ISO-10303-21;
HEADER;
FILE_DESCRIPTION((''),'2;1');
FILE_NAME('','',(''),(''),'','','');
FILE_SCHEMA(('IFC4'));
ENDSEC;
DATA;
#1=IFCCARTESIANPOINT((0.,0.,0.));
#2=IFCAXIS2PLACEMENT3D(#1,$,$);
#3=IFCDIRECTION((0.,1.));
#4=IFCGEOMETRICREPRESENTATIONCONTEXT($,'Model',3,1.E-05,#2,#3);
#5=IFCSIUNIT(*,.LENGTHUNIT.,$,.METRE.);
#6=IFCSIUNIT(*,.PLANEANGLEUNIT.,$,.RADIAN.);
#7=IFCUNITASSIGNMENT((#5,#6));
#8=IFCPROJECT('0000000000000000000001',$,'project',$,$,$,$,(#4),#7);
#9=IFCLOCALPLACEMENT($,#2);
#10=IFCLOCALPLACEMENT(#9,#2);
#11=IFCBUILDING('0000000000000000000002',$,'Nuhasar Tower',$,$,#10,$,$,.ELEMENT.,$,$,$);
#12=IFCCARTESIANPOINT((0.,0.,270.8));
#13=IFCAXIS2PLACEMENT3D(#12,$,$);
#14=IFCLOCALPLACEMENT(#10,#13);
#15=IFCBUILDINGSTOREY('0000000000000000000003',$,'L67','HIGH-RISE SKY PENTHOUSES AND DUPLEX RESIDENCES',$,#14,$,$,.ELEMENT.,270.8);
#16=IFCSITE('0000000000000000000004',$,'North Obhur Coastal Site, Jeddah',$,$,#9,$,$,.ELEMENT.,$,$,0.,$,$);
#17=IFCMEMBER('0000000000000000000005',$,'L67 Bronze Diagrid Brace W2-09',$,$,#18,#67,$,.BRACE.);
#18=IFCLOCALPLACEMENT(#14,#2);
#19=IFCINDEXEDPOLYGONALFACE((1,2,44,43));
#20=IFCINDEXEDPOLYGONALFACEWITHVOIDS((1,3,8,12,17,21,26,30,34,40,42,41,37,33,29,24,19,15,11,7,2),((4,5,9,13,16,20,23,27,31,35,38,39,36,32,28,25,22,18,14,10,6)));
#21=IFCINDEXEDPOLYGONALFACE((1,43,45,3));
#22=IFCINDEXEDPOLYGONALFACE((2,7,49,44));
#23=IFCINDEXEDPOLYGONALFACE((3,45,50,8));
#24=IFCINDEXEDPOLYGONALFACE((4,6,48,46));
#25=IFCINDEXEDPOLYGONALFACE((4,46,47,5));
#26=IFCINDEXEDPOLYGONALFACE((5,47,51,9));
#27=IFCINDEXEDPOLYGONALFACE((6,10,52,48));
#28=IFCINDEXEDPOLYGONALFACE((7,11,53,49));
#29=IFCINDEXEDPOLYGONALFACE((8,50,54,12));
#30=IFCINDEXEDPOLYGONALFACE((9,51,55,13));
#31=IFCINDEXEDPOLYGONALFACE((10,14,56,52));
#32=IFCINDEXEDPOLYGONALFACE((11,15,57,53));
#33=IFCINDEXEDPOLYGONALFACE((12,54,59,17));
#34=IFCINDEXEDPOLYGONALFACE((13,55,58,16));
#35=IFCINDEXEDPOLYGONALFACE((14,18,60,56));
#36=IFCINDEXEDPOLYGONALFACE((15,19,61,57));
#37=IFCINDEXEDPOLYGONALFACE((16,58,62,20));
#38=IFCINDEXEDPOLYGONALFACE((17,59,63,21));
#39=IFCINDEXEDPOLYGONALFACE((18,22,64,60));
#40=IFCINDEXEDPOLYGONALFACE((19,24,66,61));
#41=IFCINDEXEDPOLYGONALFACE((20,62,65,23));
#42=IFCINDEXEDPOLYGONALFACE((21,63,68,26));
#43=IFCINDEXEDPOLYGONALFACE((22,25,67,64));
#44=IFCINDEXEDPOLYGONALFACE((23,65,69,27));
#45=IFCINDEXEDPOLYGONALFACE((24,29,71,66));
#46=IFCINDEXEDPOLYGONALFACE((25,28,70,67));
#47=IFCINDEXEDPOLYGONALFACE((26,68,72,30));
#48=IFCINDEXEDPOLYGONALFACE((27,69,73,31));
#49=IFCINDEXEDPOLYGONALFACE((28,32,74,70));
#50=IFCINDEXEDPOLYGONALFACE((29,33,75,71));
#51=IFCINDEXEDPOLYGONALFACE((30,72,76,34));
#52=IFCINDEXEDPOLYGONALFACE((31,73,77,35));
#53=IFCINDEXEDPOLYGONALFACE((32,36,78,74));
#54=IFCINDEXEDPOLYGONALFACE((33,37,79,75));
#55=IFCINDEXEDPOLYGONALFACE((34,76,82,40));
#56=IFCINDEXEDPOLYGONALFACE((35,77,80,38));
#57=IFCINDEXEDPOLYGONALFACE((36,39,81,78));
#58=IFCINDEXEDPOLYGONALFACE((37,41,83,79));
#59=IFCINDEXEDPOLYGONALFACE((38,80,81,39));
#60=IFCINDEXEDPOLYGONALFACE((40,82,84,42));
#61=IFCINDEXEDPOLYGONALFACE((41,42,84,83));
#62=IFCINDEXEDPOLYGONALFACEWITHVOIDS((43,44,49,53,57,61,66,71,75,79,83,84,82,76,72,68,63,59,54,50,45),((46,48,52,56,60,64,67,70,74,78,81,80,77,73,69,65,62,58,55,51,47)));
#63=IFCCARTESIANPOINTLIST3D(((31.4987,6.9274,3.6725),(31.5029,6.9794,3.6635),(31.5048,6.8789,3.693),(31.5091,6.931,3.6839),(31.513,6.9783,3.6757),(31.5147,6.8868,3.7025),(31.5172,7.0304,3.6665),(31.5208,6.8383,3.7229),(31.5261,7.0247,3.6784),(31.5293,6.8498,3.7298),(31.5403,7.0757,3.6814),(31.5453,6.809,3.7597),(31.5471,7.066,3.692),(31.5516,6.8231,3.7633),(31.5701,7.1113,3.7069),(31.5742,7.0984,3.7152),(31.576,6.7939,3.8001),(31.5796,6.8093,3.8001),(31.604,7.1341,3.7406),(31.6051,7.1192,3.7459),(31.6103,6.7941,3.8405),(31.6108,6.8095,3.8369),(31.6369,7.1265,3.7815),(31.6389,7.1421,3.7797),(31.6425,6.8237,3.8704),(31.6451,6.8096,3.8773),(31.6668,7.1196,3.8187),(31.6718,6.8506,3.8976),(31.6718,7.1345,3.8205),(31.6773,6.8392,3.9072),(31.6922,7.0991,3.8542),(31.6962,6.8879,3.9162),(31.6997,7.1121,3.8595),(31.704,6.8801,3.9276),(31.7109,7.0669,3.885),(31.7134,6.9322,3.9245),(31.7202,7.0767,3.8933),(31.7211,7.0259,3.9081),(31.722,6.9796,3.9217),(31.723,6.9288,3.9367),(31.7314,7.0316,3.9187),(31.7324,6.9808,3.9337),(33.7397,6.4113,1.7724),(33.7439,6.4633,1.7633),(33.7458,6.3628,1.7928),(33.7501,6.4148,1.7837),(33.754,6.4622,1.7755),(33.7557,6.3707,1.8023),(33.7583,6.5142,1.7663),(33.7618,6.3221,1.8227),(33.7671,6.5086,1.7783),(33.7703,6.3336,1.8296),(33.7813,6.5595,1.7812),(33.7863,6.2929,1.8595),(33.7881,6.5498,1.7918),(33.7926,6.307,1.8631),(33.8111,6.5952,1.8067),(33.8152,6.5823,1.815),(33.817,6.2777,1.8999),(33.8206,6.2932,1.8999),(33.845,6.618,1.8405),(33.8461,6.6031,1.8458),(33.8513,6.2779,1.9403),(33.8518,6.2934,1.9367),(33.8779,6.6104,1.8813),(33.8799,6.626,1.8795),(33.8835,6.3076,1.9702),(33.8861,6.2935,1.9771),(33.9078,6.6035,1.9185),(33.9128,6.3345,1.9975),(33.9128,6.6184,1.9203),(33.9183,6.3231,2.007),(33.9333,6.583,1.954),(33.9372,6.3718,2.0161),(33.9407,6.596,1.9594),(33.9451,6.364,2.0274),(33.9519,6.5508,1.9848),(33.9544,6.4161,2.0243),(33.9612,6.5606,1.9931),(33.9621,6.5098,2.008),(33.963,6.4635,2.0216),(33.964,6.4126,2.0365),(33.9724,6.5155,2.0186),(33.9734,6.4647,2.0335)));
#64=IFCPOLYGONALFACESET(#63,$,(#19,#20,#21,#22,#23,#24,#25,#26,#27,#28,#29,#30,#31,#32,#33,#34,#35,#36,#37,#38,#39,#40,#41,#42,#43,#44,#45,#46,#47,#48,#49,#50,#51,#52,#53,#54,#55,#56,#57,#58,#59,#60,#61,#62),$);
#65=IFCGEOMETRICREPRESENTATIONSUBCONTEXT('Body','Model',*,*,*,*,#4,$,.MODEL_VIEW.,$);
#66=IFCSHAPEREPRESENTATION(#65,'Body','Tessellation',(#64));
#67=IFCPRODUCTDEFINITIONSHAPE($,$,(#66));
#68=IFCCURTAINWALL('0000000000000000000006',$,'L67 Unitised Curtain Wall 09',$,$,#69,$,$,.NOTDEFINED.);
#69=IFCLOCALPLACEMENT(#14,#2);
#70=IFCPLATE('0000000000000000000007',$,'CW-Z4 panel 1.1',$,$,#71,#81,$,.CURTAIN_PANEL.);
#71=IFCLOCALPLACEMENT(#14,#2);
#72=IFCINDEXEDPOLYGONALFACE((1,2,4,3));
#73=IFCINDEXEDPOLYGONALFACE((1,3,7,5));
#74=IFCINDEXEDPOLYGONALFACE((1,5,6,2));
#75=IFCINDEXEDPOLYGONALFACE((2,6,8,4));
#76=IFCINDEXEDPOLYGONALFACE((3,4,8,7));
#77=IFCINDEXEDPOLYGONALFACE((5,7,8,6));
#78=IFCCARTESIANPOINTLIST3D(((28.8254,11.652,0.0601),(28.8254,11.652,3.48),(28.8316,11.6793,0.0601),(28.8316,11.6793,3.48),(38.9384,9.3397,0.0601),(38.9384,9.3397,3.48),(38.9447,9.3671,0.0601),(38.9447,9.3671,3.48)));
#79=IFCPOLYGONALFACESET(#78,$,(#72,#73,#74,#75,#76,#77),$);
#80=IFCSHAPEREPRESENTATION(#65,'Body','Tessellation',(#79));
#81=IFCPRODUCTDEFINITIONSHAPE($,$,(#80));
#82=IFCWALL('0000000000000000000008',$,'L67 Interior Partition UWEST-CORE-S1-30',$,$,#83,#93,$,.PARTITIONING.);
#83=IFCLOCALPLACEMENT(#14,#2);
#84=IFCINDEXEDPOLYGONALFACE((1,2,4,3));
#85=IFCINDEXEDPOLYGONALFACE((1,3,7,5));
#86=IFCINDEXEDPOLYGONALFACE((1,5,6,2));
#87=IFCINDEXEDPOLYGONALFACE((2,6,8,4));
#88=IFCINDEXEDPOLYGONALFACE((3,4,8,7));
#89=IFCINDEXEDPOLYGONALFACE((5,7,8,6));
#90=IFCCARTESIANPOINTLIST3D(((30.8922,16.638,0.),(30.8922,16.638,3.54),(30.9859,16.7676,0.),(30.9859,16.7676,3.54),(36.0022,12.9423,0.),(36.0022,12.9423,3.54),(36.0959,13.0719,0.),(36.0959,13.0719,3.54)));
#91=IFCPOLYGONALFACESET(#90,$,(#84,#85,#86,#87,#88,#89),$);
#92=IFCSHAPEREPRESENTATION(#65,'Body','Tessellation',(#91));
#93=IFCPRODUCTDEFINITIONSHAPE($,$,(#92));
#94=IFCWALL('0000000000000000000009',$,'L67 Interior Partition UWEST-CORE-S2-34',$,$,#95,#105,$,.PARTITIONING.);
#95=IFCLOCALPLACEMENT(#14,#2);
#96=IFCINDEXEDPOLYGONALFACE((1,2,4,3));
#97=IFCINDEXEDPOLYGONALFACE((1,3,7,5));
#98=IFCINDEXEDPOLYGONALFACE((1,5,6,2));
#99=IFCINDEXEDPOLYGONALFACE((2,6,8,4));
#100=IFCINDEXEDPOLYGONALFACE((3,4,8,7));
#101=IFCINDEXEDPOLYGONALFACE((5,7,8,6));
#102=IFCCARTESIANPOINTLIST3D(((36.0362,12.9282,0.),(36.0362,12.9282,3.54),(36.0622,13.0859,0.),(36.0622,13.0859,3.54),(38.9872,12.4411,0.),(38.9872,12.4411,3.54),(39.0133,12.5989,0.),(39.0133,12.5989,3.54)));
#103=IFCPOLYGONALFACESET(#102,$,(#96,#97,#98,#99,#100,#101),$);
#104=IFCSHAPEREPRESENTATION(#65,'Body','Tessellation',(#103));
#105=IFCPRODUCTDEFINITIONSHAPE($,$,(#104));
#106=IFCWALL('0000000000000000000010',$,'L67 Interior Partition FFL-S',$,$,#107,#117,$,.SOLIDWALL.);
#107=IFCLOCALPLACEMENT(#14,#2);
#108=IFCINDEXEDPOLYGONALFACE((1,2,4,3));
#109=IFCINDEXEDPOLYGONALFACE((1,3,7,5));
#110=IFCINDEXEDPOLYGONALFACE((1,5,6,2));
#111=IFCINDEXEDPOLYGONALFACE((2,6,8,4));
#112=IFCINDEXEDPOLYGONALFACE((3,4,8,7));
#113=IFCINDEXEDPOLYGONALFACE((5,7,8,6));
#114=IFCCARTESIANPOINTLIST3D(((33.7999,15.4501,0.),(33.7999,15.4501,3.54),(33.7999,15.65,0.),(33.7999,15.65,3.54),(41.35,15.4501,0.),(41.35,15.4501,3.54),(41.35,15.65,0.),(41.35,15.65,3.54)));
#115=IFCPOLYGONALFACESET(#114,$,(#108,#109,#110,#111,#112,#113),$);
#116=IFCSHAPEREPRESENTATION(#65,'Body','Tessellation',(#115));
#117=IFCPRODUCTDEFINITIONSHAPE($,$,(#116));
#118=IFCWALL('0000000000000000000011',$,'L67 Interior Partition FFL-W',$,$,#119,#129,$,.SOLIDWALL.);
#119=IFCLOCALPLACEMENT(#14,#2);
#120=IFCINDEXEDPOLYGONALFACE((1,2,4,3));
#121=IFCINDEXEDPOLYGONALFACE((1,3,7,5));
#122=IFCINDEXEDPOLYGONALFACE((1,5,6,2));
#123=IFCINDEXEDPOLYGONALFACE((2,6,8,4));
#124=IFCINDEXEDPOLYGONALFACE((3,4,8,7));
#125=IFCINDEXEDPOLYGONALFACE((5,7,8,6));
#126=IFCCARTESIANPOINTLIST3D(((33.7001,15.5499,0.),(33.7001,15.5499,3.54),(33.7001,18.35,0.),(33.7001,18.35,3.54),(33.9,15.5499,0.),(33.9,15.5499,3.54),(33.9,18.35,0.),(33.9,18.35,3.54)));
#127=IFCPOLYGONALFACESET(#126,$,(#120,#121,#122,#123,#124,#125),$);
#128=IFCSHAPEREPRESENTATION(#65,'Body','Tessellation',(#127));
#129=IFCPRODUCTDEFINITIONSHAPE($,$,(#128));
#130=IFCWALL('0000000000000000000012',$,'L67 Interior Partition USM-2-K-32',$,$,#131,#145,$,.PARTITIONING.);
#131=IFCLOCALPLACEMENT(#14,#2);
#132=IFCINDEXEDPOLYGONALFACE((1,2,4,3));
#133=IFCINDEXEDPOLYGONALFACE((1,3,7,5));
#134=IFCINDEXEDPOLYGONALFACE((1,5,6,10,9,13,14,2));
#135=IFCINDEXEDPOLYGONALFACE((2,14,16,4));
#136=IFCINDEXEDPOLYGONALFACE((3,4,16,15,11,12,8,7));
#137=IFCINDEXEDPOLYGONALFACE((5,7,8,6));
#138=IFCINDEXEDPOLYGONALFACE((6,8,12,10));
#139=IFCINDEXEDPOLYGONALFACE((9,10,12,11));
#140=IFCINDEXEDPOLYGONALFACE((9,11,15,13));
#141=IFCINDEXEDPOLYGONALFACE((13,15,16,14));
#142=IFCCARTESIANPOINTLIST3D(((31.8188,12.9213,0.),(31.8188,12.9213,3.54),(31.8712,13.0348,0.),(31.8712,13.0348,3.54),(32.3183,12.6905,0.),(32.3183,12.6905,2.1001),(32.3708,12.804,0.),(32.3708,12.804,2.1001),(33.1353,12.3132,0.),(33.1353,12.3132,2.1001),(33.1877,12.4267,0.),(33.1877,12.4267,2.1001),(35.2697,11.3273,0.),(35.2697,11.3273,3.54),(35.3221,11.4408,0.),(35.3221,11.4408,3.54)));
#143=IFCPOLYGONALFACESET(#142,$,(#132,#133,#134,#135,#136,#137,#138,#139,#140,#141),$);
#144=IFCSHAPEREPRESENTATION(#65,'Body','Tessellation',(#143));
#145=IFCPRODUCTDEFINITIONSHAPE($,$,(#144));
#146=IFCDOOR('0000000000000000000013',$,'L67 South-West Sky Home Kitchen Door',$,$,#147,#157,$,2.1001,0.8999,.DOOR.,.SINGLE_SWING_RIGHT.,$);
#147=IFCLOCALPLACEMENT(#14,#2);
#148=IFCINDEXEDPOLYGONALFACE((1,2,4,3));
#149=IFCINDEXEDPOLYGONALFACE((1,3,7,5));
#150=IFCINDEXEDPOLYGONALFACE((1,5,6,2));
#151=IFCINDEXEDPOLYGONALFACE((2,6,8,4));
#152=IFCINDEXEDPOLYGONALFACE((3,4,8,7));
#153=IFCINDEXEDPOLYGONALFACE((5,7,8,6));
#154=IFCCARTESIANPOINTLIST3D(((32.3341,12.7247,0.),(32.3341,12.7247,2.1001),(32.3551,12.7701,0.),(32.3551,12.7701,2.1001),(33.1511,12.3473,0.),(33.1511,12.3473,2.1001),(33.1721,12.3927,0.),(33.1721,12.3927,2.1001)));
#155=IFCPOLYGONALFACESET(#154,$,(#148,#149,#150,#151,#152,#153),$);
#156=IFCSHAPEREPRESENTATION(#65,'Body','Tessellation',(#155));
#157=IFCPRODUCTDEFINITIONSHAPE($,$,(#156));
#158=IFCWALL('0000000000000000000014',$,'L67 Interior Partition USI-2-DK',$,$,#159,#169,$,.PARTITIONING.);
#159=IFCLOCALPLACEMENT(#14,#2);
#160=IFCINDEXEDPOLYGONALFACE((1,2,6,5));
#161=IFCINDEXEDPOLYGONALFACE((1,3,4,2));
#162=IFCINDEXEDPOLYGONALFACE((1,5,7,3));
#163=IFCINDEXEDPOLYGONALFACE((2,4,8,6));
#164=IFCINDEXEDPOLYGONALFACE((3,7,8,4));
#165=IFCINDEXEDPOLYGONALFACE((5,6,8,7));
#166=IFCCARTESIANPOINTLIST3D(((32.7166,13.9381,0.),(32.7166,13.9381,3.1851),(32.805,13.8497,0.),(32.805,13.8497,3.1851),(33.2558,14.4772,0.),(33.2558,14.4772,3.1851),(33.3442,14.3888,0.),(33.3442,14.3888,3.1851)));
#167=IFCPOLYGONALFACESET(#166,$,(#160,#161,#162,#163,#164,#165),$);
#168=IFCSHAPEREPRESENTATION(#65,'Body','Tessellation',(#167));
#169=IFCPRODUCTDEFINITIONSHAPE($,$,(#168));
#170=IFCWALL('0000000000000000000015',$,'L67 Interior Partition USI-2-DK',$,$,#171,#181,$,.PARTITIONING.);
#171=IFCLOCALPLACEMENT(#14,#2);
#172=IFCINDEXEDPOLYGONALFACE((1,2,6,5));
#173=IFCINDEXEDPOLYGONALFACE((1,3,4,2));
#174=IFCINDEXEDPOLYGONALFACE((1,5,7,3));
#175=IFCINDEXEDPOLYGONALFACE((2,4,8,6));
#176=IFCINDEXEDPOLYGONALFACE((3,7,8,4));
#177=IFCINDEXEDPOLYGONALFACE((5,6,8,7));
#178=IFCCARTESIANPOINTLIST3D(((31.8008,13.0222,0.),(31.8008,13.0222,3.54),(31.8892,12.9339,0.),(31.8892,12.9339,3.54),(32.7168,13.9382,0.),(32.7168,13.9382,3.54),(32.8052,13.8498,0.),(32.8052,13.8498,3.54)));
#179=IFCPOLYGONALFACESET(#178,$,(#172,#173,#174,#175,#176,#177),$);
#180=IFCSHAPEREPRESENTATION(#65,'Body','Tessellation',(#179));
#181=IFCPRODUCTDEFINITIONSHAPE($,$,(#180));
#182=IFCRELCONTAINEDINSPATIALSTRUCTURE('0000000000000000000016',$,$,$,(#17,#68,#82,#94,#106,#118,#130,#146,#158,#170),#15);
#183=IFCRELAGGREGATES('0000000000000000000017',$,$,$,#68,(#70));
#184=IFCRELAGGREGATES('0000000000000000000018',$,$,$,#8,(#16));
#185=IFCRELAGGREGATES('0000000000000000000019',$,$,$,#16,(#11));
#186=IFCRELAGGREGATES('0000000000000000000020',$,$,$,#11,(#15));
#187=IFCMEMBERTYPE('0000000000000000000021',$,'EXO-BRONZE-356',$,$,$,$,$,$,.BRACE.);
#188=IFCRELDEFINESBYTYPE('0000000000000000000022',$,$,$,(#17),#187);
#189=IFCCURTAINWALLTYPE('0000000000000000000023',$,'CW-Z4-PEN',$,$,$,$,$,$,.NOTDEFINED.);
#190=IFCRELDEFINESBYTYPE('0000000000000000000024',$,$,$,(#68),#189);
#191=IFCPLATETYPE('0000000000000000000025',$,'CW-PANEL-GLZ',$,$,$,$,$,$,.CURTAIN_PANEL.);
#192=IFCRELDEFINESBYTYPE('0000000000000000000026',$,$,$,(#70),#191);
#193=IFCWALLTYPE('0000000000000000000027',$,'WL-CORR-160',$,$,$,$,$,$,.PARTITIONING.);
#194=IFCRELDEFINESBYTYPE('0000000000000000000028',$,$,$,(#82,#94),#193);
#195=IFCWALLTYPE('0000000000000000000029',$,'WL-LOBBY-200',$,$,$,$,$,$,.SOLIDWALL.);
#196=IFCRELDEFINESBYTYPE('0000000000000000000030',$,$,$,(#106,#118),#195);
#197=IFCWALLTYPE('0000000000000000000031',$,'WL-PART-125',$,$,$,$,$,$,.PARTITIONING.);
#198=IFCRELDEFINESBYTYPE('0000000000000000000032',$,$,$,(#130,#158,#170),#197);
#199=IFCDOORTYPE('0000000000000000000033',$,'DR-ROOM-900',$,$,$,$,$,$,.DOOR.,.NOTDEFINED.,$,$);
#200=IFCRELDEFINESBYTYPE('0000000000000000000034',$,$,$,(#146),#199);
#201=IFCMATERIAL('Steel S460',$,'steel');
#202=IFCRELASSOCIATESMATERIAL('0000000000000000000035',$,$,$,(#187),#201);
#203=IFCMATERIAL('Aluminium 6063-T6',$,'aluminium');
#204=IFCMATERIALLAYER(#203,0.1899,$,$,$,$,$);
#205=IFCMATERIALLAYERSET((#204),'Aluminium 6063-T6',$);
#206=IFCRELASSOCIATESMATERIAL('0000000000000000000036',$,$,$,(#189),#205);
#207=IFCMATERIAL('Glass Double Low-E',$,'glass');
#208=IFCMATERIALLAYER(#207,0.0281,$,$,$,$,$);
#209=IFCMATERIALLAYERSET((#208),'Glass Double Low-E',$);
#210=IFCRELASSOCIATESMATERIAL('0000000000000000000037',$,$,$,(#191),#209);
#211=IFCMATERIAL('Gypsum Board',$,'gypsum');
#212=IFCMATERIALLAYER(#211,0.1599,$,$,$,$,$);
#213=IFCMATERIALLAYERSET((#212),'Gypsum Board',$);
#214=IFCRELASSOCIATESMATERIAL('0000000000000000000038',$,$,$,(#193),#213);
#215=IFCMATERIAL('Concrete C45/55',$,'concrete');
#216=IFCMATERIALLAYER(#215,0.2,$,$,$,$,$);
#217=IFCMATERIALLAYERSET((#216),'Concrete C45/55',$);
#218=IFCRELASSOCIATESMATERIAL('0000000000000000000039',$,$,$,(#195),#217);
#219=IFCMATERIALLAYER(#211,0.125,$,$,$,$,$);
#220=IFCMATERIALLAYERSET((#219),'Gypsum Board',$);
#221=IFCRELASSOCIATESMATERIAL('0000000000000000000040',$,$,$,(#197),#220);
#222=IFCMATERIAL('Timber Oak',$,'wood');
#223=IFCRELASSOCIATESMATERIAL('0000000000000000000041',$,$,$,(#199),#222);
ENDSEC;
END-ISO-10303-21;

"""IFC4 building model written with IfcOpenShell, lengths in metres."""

from ifc_helpers import new_model, si_unit, direction, frame, frame_2d, origin, origin_2d, place, context, subcontext, project, spatial, rectangle, hollow_circle, extrude, material, layer, layer_set, material_profile, profile_set, type_object, element, fill, aggregate, save


model = new_model("IFC4")

# Units and contexts
model_context = context("Model", 3, precision=1e-05, world=origin(), true_north=direction((0.0, 1.0)))
body_context = subcontext(model_context, "Body", "Model", "MODEL_VIEW")
ifc_project = project(units=[si_unit("LENGTHUNIT", "METRE"), si_unit("PLANEANGLEUNIT", "RADIAN")], contexts=[model_context])

# Site, building, storey
site_placement = place(None, origin())
site = spatial("IfcSite", under=ifc_project, at=site_placement, Name="North Obhur Coastal Site, Jeddah", CompositionType="ELEMENT", RefElevation=0.0)
building_placement = place(site_placement, origin())
building = spatial("IfcBuilding", under=site, at=building_placement, Name="Nuhasar Tower", CompositionType="ELEMENT")
storey_placement = place(building_placement, frame((0.0, 0.0, 270.8)))
storey = spatial("IfcBuildingStorey", under=building, at=storey_placement, Name="L67", Description="HIGH-RISE SKY PENTHOUSES AND DUPLEX RESIDENCES", CompositionType="ELEMENT", Elevation=270.8)

# Member
ifc_material_1 = material(Name="Steel S460", Category="steel")
ifc_material_profile_1 = material_profile(ifc_material_1, hollow_circle(Radius=0.1777, WallThickness=0.0159, at=origin_2d()), Name="HSS355.6X15.9")
ifc_profile_set_1 = profile_set([ifc_material_profile_1], Name="Steel S460")
member_type = type_object("IfcMemberType", Name="EXO-BRONZE-356", PredefinedType="BRACE", material=ifc_profile_set_1)
member_1_placement = place(storey_placement, frame((33.8569, 6.4509, 1.8999), z_axis=(-0.751222, 0.173013, 0.636971), x_axis=(-0.224433, -0.97449, 0.0)))
element("IfcMember", 1, at=member_1_placement, inside=storey, type_object=member_type, Name="L67 Bronze Diagrid Brace W2-09", PredefinedType="BRACE", context=body_context, shape_type="SweptSolid", body=[
    extrude(hollow_circle(Radius=0.1777, WallThickness=0.0159, at=origin_2d()), origin(), (0.0, 0.0, 1.0), 2.9832),
])

# Curtain wall, plate
ifc_material_2 = material(Name="Aluminium 6063-T6", Category="aluminium")
ifc_layer_1 = layer(ifc_material_2, 0.1899)
ifc_layer_set_1 = layer_set([ifc_layer_1], Name="Aluminium 6063-T6")
curtain_wall_type = type_object("IfcCurtainWallType", Name="CW-Z4-PEN", PredefinedType="NOTDEFINED", material=ifc_layer_set_1)
curtain_wall_placement = place(storey_placement, origin())
curtain_wall = element("IfcCurtainWall", 2, at=curtain_wall_placement, inside=storey, type_object=curtain_wall_type, Name="L67 Unitised Curtain Wall 09", PredefinedType="NOTDEFINED")
ifc_material_3 = material(Name="Glass Double Low-E", Category="glass")
ifc_layer_2 = layer(ifc_material_3, 0.0281)
ifc_layer_set_2 = layer_set([ifc_layer_2], Name="Glass Double Low-E")
plate_type = type_object("IfcPlateType", Name="CW-PANEL-GLZ", PredefinedType="CURTAIN_PANEL", material=ifc_layer_set_2)
plate_placement = place(storey_placement, frame((33.885, 10.5095, 0.0601), z_axis=(0.0, 0.0, 1.0), x_axis=(0.974844, -0.222889, 0.0)))
plate = element("IfcPlate", 3, at=plate_placement, type_object=plate_type, Name="CW-Z4 panel 1.1", PredefinedType="CURTAIN_PANEL", context=body_context, shape_type="SweptSolid", body=[
    extrude(rectangle(XDim=10.374, YDim=0.0281, at=origin_2d()), origin(), (0.0, 0.0, 1.0), 3.4199),
])
aggregate(curtain_wall, [plate])

# Walls
ifc_material_4 = material(Name="Gypsum Board", Category="gypsum")
ifc_layer_3 = layer(ifc_material_4, 0.1599)
ifc_layer_set_3 = layer_set([ifc_layer_3], Name="Gypsum Board")
wall_type_1 = type_object("IfcWallType", Name="WL-CORR-160", PredefinedType="PARTITIONING", material=ifc_layer_set_3)
wall_1_placement = place(storey_placement, frame((30.939, 16.7029, 0.0), z_axis=(0.0, 0.0, 1.0), x_axis=(0.81029, -0.586029, 0.0)))
element("IfcWall", 4, at=wall_1_placement, inside=storey, type_object=wall_type_1, Name="L67 Interior Partition UWEST-CORE-S1-30", PredefinedType="PARTITIONING", context=body_context, shape_type="SweptSolid", body=[
    extrude(rectangle(XDim=6.3064, YDim=0.1599, at=frame_2d((3.1533, 0.0))), origin(), (0.0, 0.0, 1.0), 3.54),
])
wall_2_placement = place(storey_placement, frame((36.0491, 13.0071, 0.0), z_axis=(0.0, 0.0, 1.0), x_axis=(0.986651, -0.16285, 0.0)))
element("IfcWall", 5, at=wall_2_placement, inside=storey, type_object=wall_type_1, Name="L67 Interior Partition UWEST-CORE-S2-34", PredefinedType="PARTITIONING", context=body_context, shape_type="SweptSolid", body=[
    extrude(rectangle(XDim=2.991, YDim=0.1599, at=frame_2d((1.4956, 0.0))), origin(), (0.0, 0.0, 1.0), 3.54),
])
ifc_material_5 = material(Name="Concrete C45/55", Category="concrete")
ifc_layer_4 = layer(ifc_material_5, 0.2)
ifc_layer_set_4 = layer_set([ifc_layer_4], Name="Concrete C45/55")
wall_type_2 = type_object("IfcWallType", Name="WL-LOBBY-200", PredefinedType="SOLIDWALL", material=ifc_layer_set_4)
wall_3_placement = place(storey_placement, frame((33.8, 15.55, 0.0), z_axis=(0.0, 0.0, 1.0), x_axis=(1.0, 0.0, 0.0)))
element("IfcWall", 6, at=wall_3_placement, inside=storey, type_object=wall_type_2, Name="L67 Interior Partition FFL-S", PredefinedType="SOLIDWALL", context=body_context, shape_type="SweptSolid", body=[
    extrude(rectangle(XDim=7.55, YDim=0.2, at=frame_2d((3.7749, 0.0))), origin(), (0.0, 0.0, 1.0), 3.54),
])
wall_4_placement = place(storey_placement, frame((33.8, 15.55, 0.0), z_axis=(0.0, 0.0, 1.0), x_axis=(0.0, 1.0, 0.0)))
element("IfcWall", 7, at=wall_4_placement, inside=storey, type_object=wall_type_2, Name="L67 Interior Partition FFL-W", PredefinedType="SOLIDWALL", context=body_context, shape_type="SweptSolid", body=[
    extrude(rectangle(XDim=2.8, YDim=0.2, at=frame_2d((1.3999, 0.0))), origin(), (0.0, 0.0, 1.0), 3.54),
])

# Wall, opening, door
ifc_layer_5 = layer(ifc_material_4, 0.125)
ifc_layer_set_5 = layer_set([ifc_layer_5], Name="Gypsum Board")
wall_type_3 = type_object("IfcWallType", Name="WL-PART-125", PredefinedType="PARTITIONING", material=ifc_layer_set_5)
wall_5_placement = place(storey_placement, frame((35.2959, 11.384, 0.0), z_axis=(0.0, 0.0, 1.0), x_axis=(-0.907833, 0.419331, 0.0)))
wall_5 = element("IfcWall", 8, at=wall_5_placement, inside=storey, type_object=wall_type_3, Name="L67 Interior Partition USM-2-K-32", PredefinedType="PARTITIONING", context=body_context, shape_type="SweptSolid", body=[
    extrude(rectangle(XDim=3.8013, YDim=0.125, at=frame_2d((1.9006, 0.0))), origin(), (0.0, 0.0, 1.0), 3.54),
])
opening_1_placement = place(wall_5_placement, frame((2.3511, 0.0, 0.0)))
opening_1 = element("IfcOpeningElement", 9, at=opening_1_placement, cuts=wall_5, PredefinedType="OPENING", context=body_context, shape_type="SweptSolid", body=[
    extrude(rectangle(XDim=0.8999, YDim=2.1001, at=frame_2d((0.45, 1.05))), frame((0.0, 0.0725, 0.0), z_axis=(0.0, -1.0, 0.0), x_axis=(1.0, 0.0, 0.0)), (0.0, 0.0, 1.0), 0.145),
])
ifc_material_6 = material(Name="Timber Oak", Category="wood")
door_type = type_object("IfcDoorType", Name="DR-ROOM-900", OperationType="NOTDEFINED", PredefinedType="DOOR", material=ifc_material_6)
door_1_placement = place(opening_1_placement, origin())
door_1 = element("IfcDoor", 10, at=door_1_placement, inside=storey, type_object=door_type, Name="L67 South-West Sky Home Kitchen Door", OperationType="SINGLE_SWING_RIGHT", OverallHeight=2.1001, OverallWidth=0.8999, PredefinedType="DOOR", context=body_context, shape_type="SweptSolid", body=[
    extrude(rectangle(XDim=0.8999, YDim=2.1001, at=frame_2d((0.45, 1.05))), frame((0.0, 0.0249, 0.0), z_axis=(0.0, -1.0, 0.0), x_axis=(1.0, 0.0, 0.0)), (0.0, 0.0, 1.0), 0.05),
])
fill(opening_1, door_1)

# Walls
wall_6_placement = place(storey_placement, frame((33.3, 14.4331, 0.0), z_axis=(0.0, 0.0, 1.0), x_axis=(-0.707107, -0.707107, 0.0)))
element("IfcWall", 11, at=wall_6_placement, inside=storey, type_object=wall_type_3, Name="L67 Interior Partition USI-2-DK", PredefinedType="PARTITIONING", context=body_context, shape_type="SweptSolid", body=[
    extrude(rectangle(XDim=0.7625, YDim=0.125, at=frame_2d((0.3813, 0.0))), origin(), (0.0, 0.0, 1.0), 3.1851),
])
wall_7_placement = place(storey_placement, frame((32.761, 13.894, 0.0), z_axis=(0.0, 0.0, 1.0), x_axis=(-0.707107, -0.707107, 0.0)))
element("IfcWall", 12, at=wall_7_placement, inside=storey, type_object=wall_type_3, Name="L67 Interior Partition USI-2-DK", PredefinedType="PARTITIONING", context=body_context, shape_type="SweptSolid", body=[
    extrude(rectangle(XDim=1.2954, YDim=0.125, at=frame_2d((0.6477, 0.0))), origin(), (0.0, 0.0, 1.0), 3.54),
])

save(model, "model.ifc")
